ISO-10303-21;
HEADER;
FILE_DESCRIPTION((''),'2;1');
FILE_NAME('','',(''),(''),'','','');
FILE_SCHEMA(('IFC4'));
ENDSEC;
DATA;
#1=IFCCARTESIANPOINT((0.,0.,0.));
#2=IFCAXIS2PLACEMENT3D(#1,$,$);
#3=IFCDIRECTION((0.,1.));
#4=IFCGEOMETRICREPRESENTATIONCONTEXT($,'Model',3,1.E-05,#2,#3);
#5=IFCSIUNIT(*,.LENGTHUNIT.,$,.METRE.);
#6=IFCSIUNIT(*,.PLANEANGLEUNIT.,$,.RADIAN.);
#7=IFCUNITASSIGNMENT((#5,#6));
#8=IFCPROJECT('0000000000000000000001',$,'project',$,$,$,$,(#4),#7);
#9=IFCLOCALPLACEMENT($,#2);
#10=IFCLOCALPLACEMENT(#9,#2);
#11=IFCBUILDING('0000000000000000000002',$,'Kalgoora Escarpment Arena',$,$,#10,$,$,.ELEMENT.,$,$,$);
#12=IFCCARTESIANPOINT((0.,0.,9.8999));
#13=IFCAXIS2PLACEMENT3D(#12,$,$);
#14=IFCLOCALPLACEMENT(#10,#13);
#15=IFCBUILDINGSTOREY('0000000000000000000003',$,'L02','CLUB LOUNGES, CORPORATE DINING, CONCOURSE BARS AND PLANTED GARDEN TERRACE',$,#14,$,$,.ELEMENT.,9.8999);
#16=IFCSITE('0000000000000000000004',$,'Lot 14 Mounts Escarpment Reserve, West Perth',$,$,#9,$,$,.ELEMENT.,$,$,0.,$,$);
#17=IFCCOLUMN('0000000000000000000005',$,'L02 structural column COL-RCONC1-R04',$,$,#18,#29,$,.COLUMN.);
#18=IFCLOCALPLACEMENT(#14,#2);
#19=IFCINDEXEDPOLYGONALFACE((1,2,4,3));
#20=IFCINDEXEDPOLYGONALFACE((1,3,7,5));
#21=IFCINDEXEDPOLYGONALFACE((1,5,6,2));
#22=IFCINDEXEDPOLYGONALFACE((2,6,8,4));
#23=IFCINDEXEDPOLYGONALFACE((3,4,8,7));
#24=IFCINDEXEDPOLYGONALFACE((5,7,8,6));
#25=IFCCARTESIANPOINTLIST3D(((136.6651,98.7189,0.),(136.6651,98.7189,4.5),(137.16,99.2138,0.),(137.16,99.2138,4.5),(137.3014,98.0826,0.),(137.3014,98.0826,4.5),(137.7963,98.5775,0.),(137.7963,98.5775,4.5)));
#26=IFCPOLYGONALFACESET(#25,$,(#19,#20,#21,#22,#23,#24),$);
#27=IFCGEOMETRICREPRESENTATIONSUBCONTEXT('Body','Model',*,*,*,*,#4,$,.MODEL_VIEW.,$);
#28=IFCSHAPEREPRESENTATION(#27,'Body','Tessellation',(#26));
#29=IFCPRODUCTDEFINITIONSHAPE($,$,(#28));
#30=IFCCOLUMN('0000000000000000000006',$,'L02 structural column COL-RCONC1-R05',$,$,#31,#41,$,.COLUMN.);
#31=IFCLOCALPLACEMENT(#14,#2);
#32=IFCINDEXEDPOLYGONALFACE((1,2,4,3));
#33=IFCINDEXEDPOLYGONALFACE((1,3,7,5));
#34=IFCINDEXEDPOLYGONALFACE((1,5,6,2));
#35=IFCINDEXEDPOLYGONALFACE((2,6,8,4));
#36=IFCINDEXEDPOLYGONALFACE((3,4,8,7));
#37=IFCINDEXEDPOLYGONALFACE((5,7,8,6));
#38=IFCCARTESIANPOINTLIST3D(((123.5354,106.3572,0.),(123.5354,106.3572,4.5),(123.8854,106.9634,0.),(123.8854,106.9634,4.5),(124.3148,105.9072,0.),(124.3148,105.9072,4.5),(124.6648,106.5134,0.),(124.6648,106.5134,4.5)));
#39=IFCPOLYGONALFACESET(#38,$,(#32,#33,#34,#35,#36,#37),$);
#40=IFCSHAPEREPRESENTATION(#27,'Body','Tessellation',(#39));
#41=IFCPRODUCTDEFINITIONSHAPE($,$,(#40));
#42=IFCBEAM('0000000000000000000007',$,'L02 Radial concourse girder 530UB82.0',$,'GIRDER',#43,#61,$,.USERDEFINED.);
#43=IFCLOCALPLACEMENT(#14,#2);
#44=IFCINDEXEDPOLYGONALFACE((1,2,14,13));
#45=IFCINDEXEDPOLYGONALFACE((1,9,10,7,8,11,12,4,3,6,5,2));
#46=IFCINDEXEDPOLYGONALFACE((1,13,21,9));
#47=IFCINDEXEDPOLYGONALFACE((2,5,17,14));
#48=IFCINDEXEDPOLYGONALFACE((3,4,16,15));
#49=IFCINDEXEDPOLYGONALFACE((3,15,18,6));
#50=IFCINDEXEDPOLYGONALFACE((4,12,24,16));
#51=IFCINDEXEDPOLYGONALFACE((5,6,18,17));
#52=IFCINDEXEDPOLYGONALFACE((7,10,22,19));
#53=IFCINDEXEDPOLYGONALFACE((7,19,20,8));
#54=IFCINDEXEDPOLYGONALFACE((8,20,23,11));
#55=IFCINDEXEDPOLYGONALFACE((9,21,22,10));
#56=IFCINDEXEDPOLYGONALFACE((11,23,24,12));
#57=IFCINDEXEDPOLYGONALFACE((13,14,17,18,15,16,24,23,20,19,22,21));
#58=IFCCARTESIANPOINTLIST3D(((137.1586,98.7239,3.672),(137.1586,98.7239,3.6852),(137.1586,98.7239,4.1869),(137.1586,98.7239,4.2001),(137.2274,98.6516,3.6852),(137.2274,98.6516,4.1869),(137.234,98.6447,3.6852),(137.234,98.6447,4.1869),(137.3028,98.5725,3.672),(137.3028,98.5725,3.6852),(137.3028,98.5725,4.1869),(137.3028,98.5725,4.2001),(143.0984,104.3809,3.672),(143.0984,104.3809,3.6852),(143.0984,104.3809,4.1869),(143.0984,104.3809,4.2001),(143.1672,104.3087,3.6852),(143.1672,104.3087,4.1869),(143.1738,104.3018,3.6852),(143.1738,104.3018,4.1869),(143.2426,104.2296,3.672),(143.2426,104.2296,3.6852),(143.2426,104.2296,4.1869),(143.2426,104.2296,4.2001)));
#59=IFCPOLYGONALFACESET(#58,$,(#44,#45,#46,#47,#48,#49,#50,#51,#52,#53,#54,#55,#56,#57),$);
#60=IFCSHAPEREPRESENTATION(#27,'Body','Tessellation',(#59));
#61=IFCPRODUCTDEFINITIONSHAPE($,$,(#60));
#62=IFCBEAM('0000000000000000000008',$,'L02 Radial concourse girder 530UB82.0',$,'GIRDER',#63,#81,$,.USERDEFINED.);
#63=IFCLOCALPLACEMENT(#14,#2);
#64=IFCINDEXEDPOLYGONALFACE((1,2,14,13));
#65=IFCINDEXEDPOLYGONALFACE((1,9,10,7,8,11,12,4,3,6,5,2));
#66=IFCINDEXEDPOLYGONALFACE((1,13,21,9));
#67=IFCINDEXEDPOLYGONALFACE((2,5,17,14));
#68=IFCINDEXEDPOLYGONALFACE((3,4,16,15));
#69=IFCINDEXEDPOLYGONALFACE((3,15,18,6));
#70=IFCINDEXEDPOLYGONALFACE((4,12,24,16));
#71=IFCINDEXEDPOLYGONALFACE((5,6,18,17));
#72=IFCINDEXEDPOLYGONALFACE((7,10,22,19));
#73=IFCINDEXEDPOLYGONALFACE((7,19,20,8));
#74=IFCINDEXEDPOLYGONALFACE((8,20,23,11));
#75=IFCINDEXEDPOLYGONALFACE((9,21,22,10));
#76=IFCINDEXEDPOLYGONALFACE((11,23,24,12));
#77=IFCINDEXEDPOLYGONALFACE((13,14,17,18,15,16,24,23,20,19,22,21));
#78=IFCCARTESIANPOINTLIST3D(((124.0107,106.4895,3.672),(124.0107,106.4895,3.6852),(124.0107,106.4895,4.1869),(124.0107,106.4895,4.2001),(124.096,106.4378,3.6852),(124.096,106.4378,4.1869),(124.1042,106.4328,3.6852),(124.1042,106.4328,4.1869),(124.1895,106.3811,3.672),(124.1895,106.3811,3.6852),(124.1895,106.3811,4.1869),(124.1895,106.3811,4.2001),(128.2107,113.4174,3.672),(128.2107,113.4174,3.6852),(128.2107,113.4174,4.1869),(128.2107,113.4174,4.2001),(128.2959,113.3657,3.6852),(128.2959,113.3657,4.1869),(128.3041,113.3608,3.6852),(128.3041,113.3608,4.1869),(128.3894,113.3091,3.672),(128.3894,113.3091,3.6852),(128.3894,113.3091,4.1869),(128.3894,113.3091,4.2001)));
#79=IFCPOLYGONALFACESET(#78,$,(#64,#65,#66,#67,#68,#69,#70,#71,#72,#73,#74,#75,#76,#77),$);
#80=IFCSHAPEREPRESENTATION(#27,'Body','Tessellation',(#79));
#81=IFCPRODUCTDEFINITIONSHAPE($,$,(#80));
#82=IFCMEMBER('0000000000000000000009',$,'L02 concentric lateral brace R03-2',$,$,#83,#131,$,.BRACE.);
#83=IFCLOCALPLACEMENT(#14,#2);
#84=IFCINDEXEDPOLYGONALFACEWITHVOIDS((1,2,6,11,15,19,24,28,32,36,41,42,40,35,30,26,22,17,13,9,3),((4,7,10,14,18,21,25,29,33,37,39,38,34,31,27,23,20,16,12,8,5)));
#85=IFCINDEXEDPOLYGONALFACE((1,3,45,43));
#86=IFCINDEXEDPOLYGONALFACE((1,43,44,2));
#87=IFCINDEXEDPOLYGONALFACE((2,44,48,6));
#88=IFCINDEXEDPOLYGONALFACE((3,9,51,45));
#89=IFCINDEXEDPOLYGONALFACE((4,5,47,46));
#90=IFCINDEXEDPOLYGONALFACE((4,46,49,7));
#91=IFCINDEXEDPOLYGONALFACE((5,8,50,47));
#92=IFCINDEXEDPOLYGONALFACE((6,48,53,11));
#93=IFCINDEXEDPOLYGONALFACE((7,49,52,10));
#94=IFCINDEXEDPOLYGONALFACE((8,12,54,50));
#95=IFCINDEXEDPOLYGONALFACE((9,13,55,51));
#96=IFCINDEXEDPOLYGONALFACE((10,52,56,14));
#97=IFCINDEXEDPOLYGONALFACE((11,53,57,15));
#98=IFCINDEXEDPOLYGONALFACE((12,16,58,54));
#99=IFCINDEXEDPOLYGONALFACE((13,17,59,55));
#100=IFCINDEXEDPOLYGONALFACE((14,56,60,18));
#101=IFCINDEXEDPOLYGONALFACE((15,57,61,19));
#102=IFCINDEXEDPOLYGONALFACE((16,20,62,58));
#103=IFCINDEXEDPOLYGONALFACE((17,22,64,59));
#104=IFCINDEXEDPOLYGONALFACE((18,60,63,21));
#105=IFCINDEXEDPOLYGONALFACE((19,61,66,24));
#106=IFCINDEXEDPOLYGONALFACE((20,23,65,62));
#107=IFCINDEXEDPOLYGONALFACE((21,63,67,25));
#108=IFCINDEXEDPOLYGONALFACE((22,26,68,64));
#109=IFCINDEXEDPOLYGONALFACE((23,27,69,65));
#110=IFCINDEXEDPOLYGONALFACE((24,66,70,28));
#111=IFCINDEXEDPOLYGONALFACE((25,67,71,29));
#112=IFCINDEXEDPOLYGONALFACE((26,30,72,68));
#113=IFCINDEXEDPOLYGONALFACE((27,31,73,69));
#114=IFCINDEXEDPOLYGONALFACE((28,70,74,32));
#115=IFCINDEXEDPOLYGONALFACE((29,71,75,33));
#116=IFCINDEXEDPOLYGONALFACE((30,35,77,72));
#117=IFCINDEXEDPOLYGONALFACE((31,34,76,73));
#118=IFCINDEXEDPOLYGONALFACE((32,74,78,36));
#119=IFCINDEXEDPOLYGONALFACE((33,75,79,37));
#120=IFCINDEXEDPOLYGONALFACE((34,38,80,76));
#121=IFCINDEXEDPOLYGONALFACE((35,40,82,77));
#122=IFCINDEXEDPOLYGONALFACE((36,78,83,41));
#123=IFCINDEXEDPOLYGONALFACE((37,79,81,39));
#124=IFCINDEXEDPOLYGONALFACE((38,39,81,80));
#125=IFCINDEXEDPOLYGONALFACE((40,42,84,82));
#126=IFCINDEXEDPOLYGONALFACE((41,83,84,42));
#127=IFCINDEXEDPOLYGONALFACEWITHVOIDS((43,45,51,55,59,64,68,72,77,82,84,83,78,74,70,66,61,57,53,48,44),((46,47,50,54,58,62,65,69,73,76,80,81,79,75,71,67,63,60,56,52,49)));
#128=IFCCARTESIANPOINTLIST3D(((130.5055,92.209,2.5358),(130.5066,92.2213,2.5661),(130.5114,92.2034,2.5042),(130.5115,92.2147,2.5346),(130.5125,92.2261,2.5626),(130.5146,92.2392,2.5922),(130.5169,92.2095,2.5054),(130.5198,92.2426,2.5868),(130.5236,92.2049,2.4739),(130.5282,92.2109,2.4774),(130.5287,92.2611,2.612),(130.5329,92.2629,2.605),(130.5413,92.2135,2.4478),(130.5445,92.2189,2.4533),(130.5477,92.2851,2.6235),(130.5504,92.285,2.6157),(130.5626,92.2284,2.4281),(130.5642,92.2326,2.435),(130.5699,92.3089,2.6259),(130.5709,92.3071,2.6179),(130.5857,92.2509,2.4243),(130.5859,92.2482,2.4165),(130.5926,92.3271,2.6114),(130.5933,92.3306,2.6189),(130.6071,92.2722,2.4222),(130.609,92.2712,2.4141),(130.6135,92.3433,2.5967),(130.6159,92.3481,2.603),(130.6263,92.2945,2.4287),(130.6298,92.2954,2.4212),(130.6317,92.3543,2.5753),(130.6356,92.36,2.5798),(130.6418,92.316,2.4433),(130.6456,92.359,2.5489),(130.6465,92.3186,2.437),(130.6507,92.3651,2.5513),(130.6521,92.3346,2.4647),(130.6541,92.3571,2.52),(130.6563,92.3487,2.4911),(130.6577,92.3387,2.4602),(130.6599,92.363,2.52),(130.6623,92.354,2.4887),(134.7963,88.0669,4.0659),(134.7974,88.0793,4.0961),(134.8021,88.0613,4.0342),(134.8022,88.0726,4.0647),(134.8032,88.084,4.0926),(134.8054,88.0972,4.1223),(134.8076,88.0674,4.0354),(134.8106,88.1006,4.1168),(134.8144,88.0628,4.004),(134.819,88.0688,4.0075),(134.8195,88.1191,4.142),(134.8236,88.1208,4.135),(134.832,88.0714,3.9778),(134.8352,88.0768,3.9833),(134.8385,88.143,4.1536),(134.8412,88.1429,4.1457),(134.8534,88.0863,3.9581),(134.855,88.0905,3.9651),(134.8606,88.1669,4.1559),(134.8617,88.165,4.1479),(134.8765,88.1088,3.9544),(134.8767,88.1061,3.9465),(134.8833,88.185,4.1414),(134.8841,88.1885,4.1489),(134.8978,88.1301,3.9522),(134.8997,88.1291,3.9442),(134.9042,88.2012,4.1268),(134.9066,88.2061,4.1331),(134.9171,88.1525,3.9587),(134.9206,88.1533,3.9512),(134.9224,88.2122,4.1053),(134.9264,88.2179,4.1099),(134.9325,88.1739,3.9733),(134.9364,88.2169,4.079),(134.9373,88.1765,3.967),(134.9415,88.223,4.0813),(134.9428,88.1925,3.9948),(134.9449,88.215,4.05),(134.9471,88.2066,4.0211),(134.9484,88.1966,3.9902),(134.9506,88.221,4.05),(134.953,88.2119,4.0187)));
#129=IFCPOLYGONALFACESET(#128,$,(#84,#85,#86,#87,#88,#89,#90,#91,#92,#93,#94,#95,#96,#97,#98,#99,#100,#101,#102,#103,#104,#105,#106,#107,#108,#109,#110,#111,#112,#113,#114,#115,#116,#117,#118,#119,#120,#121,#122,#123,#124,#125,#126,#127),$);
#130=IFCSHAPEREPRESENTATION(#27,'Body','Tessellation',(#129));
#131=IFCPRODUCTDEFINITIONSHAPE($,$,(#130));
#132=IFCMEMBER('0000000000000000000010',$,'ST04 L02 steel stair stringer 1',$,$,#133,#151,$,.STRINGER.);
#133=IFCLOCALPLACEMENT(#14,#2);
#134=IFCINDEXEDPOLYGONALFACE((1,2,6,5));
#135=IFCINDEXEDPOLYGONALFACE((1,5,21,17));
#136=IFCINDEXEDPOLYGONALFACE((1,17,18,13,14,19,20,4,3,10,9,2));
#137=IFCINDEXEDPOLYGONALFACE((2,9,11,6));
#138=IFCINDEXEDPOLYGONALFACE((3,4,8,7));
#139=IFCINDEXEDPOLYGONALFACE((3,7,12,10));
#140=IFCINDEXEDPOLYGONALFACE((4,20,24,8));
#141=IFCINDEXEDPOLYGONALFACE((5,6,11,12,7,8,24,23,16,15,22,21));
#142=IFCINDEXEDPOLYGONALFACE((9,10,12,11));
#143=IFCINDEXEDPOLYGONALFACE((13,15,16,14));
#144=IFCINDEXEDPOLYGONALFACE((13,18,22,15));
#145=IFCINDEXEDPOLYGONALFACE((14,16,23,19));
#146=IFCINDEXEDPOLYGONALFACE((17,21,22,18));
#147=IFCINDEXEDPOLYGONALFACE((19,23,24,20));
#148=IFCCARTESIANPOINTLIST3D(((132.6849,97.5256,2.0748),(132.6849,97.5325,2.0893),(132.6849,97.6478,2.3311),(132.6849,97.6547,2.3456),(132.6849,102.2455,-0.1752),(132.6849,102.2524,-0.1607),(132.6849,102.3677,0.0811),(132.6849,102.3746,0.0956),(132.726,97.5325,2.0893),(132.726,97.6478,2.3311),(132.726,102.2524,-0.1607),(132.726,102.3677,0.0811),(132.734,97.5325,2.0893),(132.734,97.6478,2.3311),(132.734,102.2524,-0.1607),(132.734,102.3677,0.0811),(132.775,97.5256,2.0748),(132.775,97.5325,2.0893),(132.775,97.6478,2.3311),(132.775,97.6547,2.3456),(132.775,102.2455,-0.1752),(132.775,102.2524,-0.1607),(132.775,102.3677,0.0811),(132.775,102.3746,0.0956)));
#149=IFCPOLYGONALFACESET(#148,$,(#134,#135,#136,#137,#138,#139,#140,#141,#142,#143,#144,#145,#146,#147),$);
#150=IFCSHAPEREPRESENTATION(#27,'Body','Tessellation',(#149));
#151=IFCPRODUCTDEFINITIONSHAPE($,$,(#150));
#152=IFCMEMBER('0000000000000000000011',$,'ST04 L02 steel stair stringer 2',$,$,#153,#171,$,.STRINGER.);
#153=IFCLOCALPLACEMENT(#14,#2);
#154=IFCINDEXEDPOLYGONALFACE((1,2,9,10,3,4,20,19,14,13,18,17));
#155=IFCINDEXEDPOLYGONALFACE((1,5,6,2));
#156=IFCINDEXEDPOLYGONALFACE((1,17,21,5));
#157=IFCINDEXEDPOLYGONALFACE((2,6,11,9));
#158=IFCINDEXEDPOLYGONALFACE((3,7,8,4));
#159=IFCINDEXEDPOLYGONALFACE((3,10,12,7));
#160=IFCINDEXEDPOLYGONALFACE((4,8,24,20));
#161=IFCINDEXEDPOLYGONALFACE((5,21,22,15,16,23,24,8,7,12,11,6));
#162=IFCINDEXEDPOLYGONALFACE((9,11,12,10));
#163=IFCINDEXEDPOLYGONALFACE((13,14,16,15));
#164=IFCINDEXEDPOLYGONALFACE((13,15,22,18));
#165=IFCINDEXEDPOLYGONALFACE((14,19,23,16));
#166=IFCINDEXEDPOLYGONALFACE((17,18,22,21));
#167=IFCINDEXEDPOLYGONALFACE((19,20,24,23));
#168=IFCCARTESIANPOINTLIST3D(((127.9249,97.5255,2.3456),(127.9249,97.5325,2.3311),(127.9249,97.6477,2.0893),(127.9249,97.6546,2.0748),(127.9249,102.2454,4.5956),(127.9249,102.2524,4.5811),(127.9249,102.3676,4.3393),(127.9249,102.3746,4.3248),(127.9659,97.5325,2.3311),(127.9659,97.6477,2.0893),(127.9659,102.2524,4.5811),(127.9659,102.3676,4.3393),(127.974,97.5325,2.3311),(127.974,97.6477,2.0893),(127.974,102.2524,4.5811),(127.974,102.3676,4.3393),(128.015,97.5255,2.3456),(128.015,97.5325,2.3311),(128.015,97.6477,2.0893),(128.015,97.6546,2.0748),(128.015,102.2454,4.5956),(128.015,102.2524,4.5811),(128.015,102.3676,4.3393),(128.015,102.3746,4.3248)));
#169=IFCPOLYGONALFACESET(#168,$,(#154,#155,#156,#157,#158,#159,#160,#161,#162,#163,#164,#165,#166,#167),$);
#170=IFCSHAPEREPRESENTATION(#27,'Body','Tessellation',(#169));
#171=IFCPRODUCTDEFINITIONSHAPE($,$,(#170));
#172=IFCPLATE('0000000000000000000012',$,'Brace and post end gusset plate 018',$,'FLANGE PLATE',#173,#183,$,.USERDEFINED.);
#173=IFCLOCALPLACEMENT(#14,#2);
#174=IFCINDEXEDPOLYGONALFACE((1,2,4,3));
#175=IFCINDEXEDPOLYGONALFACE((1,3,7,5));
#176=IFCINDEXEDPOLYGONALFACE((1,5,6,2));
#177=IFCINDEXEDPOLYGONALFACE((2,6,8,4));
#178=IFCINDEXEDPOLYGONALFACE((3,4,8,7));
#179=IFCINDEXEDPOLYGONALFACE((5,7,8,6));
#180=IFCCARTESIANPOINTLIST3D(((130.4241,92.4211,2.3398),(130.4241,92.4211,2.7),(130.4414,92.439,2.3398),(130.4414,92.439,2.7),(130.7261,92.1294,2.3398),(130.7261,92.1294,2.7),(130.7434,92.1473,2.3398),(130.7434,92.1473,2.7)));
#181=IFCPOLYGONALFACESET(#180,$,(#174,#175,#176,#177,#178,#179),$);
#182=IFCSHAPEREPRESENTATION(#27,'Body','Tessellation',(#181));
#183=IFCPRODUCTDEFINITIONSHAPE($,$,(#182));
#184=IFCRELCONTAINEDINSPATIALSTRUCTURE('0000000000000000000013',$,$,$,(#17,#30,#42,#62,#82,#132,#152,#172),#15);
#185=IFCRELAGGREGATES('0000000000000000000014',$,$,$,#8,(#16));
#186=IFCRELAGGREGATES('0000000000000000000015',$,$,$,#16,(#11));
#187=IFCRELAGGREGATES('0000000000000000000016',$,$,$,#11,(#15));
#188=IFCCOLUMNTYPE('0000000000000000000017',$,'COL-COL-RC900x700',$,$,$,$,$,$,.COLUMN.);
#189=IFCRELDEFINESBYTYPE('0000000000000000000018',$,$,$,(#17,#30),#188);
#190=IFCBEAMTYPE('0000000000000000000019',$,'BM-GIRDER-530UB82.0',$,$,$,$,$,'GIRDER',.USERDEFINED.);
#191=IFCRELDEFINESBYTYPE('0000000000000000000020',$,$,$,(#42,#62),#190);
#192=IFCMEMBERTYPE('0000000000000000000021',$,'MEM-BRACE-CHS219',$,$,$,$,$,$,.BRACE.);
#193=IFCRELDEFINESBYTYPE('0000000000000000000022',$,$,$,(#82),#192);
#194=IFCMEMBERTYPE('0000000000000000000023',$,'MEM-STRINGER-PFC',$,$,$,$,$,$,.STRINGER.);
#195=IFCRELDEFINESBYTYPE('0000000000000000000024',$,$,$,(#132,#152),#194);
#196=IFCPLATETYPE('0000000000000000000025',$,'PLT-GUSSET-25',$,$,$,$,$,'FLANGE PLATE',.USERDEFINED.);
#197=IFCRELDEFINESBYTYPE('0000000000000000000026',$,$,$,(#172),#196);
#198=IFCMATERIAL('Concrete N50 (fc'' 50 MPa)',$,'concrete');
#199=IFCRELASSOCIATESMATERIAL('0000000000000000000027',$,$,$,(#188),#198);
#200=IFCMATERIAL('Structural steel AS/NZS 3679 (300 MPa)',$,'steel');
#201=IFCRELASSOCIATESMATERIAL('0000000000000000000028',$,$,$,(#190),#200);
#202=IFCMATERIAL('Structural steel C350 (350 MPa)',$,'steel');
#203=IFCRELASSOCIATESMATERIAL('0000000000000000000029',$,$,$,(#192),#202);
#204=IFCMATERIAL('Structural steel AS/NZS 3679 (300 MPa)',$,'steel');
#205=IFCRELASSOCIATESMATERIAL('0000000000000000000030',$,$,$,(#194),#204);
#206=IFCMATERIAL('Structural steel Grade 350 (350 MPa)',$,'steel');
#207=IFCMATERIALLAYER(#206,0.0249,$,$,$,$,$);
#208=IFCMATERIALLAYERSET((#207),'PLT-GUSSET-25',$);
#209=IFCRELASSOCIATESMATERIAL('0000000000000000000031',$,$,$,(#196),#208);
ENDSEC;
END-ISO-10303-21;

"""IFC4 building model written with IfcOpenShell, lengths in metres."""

from ifc_helpers import new_model, si_unit, direction, frame, origin, origin_2d, place, context, subcontext, project, spatial, rectangle, hollow_circle, i_section, extrude, material, layer, layer_set, material_profile, profile_set, type_object, element, save


model = new_model("IFC4")

# Units and contexts
model_context = context("Model", 3, precision=1e-05, world=origin(), true_north=direction((0.0, 1.0)))
body_context = subcontext(model_context, "Body", "Model", "MODEL_VIEW")
ifc_project = project(units=[si_unit("LENGTHUNIT", "METRE"), si_unit("PLANEANGLEUNIT", "RADIAN")], contexts=[model_context])

# Site, building, storey
site_placement = place(None, origin())
site = spatial("IfcSite", under=ifc_project, at=site_placement, Name="Lot 14 Mounts Escarpment Reserve, West Perth", CompositionType="ELEMENT", RefElevation=0.0)
building_placement = place(site_placement, origin())
building = spatial("IfcBuilding", under=site, at=building_placement, Name="Kalgoora Escarpment Arena", CompositionType="ELEMENT")
storey_placement = place(building_placement, frame((0.0, 0.0, 9.8999)))
storey = spatial("IfcBuildingStorey", under=building, at=storey_placement, Name="L02", Description="CLUB LOUNGES, CORPORATE DINING, CONCOURSE BARS AND PLANTED GARDEN TERRACE", CompositionType="ELEMENT", Elevation=9.8999)

# Columns
ifc_material_1 = material(Name="Concrete N50 (fc' 50 MPa)", Category="concrete")
ifc_material_profile_1 = material_profile(ifc_material_1, rectangle(XDim=0.7, YDim=0.8999, at=origin_2d()))
ifc_profile_set_1 = profile_set([ifc_material_profile_1], Name="Concrete N50 (fc' 50 MPa)")
column_type = type_object("IfcColumnType", Name="COL-COL-RC900x700", PredefinedType="COLUMN", material=ifc_profile_set_1)
for number, where, z_axis, x_axis, name in (
    (1, (137.2307, 98.6482, 0.0), (0.0, 0.0, 1.0), (0.707107, 0.707107, 0.0), "L02 structural column COL-RCONC1-R04"),
    (2, (124.1001, 106.4353, 0.0), (0.0, 0.0, 1.0), (0.5, 0.866025, 0.0), "L02 structural column COL-RCONC1-R05"),
):
    element("IfcColumn", number, at=place(storey_placement, frame(where, z_axis=z_axis, x_axis=x_axis)), inside=storey, type_object=column_type, Name=name, PredefinedType="COLUMN", context=body_context, shape_type="SweptSolid", body=[
        extrude(rectangle(XDim=0.7, YDim=0.8999, at=origin_2d()), origin(), (0.0, 0.0, 1.0), 4.5),
    ])

# Beams
ifc_material_2 = material(Name="Structural steel AS/NZS 3679 (300 MPa)", Category="steel")
ifc_material_profile_2 = material_profile(ifc_material_2, i_section(OverallWidth=0.209, OverallDepth=0.5281, WebThickness=0.0095, FlangeThickness=0.0132, at=origin_2d()))
ifc_profile_set_2 = profile_set([ifc_material_profile_2], Name="Structural steel AS/NZS 3679 (300 MPa)")
beam_type = type_object("IfcBeamType", Name="BM-GIRDER-530UB82.0", ElementType="GIRDER", PredefinedType="USERDEFINED", material=ifc_profile_set_2)
beam_1_placement = place(storey_placement, frame((137.2307, 98.6482, 3.936), z_axis=(0.72413, 0.689663, 0.0), x_axis=(-0.689663, 0.72413, 0.0)))
element("IfcBeam", 3, at=beam_1_placement, inside=storey, type_object=beam_type, Name="L02 Radial concourse girder 530UB82.0", ObjectType="GIRDER", PredefinedType="USERDEFINED", context=body_context, shape_type="SweptSolid", body=[
    extrude(i_section(OverallWidth=0.209, OverallDepth=0.5281, WebThickness=0.0095, FlangeThickness=0.0132, at=origin_2d()), origin(), (0.0, 0.0, 1.0), 8.2026),
])
beam_2_placement = place(storey_placement, frame((124.1001, 106.4353, 3.936), z_axis=(0.518408, 0.855133, 0.0), x_axis=(-0.855133, 0.518408, 0.0)))
element("IfcBeam", 4, at=beam_2_placement, inside=storey, type_object=beam_type, Name="L02 Radial concourse girder 530UB82.0", ObjectType="GIRDER", PredefinedType="USERDEFINED", context=body_context, shape_type="SweptSolid", body=[
    extrude(i_section(OverallWidth=0.209, OverallDepth=0.5281, WebThickness=0.0095, FlangeThickness=0.0132, at=origin_2d()), origin(), (0.0, 0.0, 1.0), 8.1016),
])

# Members
ifc_material_3 = material(Name="Structural steel C350 (350 MPa)", Category="steel")
ifc_material_profile_3 = material_profile(ifc_material_3, hollow_circle(Radius=0.1096, WallThickness=0.0083, at=origin_2d()))
ifc_profile_set_3 = profile_set([ifc_material_profile_3], Name="Structural steel C350 (350 MPa)")
member_type_1 = type_object("IfcMemberType", Name="MEM-BRACE-CHS219", PredefinedType="BRACE", material=ifc_profile_set_3)
member_placement = place(storey_placement, frame((130.5837, 92.2842, 2.52), z_axis=(0.696893, -0.672745, 0.248503), x_axis=(0.694532, 0.719462, 0.0)))
element("IfcMember", 5, at=member_placement, inside=storey, type_object=member_type_1, Name="L02 concentric lateral brace R03-2", PredefinedType="BRACE", context=body_context, shape_type="SweptSolid", body=[
    extrude(hollow_circle(Radius=0.1096, WallThickness=0.0083, at=origin_2d()), origin(), (0.0, 0.0, 1.0), 6.157),
])
ifc_material_4 = material(Name="Structural steel AS/NZS 3679 (300 MPa)", Category="steel")
ifc_material_profile_4 = material_profile(ifc_material_4, i_section(OverallWidth=0.0901, OverallDepth=0.3, WebThickness=0.0081, FlangeThickness=0.0161, at=origin_2d()))
ifc_profile_set_4 = profile_set([ifc_material_profile_4], Name="Structural steel AS/NZS 3679 (300 MPa)")
member_type_2 = type_object("IfcMemberType", Name="MEM-STRINGER-PFC", PredefinedType="STRINGER", material=ifc_profile_set_4)
for number, where, z_axis, x_axis, name in (
    (6, (132.73, 102.3101, -0.0398), (0.0, -0.902683, 0.430307), (1.0, 0.0, 0.0), "ST04 L02 steel stair stringer 1"),
    (7, (127.97, 97.5901, 2.2102), (0.0, 0.902683, 0.430307), (-1.0, 0.0, 0.0), "ST04 L02 steel stair stringer 2"),
):
    element("IfcMember", number, at=place(storey_placement, frame(where, z_axis=z_axis, x_axis=x_axis)), inside=storey, type_object=member_type_2, Name=name, PredefinedType="STRINGER", context=body_context, shape_type="SweptSolid", body=[
        extrude(i_section(OverallWidth=0.0901, OverallDepth=0.3, WebThickness=0.0081, FlangeThickness=0.0161, at=origin_2d()), origin(), (0.0, 0.0, 1.0), 5.2288),
    ])

# Plate
ifc_material_5 = material(Name="Structural steel Grade 350 (350 MPa)", Category="steel")
ifc_layer_1 = layer(ifc_material_5, 0.0249)
ifc_layer_set_1 = layer_set([ifc_layer_1], Name="PLT-GUSSET-25")
plate_type = type_object("IfcPlateType", Name="PLT-GUSSET-25", ElementType="FLANGE PLATE", PredefinedType="USERDEFINED", material=ifc_layer_set_1)
plate_placement = place(storey_placement, frame((130.5837, 92.2842, 2.3398), z_axis=(0.0, 0.0, 1.0), x_axis=(0.71934, -0.694658, 0.0)))
element("IfcPlate", 8, at=plate_placement, inside=storey, type_object=plate_type, Name="Brace and post end gusset plate 018", ObjectType="FLANGE PLATE", PredefinedType="USERDEFINED", context=body_context, shape_type="SweptSolid", body=[
    extrude(rectangle(XDim=0.4199, YDim=0.0249, at=origin_2d()), origin(), (0.0, 0.0, 1.0), 0.3601),
])

save(model, "model.ifc")
